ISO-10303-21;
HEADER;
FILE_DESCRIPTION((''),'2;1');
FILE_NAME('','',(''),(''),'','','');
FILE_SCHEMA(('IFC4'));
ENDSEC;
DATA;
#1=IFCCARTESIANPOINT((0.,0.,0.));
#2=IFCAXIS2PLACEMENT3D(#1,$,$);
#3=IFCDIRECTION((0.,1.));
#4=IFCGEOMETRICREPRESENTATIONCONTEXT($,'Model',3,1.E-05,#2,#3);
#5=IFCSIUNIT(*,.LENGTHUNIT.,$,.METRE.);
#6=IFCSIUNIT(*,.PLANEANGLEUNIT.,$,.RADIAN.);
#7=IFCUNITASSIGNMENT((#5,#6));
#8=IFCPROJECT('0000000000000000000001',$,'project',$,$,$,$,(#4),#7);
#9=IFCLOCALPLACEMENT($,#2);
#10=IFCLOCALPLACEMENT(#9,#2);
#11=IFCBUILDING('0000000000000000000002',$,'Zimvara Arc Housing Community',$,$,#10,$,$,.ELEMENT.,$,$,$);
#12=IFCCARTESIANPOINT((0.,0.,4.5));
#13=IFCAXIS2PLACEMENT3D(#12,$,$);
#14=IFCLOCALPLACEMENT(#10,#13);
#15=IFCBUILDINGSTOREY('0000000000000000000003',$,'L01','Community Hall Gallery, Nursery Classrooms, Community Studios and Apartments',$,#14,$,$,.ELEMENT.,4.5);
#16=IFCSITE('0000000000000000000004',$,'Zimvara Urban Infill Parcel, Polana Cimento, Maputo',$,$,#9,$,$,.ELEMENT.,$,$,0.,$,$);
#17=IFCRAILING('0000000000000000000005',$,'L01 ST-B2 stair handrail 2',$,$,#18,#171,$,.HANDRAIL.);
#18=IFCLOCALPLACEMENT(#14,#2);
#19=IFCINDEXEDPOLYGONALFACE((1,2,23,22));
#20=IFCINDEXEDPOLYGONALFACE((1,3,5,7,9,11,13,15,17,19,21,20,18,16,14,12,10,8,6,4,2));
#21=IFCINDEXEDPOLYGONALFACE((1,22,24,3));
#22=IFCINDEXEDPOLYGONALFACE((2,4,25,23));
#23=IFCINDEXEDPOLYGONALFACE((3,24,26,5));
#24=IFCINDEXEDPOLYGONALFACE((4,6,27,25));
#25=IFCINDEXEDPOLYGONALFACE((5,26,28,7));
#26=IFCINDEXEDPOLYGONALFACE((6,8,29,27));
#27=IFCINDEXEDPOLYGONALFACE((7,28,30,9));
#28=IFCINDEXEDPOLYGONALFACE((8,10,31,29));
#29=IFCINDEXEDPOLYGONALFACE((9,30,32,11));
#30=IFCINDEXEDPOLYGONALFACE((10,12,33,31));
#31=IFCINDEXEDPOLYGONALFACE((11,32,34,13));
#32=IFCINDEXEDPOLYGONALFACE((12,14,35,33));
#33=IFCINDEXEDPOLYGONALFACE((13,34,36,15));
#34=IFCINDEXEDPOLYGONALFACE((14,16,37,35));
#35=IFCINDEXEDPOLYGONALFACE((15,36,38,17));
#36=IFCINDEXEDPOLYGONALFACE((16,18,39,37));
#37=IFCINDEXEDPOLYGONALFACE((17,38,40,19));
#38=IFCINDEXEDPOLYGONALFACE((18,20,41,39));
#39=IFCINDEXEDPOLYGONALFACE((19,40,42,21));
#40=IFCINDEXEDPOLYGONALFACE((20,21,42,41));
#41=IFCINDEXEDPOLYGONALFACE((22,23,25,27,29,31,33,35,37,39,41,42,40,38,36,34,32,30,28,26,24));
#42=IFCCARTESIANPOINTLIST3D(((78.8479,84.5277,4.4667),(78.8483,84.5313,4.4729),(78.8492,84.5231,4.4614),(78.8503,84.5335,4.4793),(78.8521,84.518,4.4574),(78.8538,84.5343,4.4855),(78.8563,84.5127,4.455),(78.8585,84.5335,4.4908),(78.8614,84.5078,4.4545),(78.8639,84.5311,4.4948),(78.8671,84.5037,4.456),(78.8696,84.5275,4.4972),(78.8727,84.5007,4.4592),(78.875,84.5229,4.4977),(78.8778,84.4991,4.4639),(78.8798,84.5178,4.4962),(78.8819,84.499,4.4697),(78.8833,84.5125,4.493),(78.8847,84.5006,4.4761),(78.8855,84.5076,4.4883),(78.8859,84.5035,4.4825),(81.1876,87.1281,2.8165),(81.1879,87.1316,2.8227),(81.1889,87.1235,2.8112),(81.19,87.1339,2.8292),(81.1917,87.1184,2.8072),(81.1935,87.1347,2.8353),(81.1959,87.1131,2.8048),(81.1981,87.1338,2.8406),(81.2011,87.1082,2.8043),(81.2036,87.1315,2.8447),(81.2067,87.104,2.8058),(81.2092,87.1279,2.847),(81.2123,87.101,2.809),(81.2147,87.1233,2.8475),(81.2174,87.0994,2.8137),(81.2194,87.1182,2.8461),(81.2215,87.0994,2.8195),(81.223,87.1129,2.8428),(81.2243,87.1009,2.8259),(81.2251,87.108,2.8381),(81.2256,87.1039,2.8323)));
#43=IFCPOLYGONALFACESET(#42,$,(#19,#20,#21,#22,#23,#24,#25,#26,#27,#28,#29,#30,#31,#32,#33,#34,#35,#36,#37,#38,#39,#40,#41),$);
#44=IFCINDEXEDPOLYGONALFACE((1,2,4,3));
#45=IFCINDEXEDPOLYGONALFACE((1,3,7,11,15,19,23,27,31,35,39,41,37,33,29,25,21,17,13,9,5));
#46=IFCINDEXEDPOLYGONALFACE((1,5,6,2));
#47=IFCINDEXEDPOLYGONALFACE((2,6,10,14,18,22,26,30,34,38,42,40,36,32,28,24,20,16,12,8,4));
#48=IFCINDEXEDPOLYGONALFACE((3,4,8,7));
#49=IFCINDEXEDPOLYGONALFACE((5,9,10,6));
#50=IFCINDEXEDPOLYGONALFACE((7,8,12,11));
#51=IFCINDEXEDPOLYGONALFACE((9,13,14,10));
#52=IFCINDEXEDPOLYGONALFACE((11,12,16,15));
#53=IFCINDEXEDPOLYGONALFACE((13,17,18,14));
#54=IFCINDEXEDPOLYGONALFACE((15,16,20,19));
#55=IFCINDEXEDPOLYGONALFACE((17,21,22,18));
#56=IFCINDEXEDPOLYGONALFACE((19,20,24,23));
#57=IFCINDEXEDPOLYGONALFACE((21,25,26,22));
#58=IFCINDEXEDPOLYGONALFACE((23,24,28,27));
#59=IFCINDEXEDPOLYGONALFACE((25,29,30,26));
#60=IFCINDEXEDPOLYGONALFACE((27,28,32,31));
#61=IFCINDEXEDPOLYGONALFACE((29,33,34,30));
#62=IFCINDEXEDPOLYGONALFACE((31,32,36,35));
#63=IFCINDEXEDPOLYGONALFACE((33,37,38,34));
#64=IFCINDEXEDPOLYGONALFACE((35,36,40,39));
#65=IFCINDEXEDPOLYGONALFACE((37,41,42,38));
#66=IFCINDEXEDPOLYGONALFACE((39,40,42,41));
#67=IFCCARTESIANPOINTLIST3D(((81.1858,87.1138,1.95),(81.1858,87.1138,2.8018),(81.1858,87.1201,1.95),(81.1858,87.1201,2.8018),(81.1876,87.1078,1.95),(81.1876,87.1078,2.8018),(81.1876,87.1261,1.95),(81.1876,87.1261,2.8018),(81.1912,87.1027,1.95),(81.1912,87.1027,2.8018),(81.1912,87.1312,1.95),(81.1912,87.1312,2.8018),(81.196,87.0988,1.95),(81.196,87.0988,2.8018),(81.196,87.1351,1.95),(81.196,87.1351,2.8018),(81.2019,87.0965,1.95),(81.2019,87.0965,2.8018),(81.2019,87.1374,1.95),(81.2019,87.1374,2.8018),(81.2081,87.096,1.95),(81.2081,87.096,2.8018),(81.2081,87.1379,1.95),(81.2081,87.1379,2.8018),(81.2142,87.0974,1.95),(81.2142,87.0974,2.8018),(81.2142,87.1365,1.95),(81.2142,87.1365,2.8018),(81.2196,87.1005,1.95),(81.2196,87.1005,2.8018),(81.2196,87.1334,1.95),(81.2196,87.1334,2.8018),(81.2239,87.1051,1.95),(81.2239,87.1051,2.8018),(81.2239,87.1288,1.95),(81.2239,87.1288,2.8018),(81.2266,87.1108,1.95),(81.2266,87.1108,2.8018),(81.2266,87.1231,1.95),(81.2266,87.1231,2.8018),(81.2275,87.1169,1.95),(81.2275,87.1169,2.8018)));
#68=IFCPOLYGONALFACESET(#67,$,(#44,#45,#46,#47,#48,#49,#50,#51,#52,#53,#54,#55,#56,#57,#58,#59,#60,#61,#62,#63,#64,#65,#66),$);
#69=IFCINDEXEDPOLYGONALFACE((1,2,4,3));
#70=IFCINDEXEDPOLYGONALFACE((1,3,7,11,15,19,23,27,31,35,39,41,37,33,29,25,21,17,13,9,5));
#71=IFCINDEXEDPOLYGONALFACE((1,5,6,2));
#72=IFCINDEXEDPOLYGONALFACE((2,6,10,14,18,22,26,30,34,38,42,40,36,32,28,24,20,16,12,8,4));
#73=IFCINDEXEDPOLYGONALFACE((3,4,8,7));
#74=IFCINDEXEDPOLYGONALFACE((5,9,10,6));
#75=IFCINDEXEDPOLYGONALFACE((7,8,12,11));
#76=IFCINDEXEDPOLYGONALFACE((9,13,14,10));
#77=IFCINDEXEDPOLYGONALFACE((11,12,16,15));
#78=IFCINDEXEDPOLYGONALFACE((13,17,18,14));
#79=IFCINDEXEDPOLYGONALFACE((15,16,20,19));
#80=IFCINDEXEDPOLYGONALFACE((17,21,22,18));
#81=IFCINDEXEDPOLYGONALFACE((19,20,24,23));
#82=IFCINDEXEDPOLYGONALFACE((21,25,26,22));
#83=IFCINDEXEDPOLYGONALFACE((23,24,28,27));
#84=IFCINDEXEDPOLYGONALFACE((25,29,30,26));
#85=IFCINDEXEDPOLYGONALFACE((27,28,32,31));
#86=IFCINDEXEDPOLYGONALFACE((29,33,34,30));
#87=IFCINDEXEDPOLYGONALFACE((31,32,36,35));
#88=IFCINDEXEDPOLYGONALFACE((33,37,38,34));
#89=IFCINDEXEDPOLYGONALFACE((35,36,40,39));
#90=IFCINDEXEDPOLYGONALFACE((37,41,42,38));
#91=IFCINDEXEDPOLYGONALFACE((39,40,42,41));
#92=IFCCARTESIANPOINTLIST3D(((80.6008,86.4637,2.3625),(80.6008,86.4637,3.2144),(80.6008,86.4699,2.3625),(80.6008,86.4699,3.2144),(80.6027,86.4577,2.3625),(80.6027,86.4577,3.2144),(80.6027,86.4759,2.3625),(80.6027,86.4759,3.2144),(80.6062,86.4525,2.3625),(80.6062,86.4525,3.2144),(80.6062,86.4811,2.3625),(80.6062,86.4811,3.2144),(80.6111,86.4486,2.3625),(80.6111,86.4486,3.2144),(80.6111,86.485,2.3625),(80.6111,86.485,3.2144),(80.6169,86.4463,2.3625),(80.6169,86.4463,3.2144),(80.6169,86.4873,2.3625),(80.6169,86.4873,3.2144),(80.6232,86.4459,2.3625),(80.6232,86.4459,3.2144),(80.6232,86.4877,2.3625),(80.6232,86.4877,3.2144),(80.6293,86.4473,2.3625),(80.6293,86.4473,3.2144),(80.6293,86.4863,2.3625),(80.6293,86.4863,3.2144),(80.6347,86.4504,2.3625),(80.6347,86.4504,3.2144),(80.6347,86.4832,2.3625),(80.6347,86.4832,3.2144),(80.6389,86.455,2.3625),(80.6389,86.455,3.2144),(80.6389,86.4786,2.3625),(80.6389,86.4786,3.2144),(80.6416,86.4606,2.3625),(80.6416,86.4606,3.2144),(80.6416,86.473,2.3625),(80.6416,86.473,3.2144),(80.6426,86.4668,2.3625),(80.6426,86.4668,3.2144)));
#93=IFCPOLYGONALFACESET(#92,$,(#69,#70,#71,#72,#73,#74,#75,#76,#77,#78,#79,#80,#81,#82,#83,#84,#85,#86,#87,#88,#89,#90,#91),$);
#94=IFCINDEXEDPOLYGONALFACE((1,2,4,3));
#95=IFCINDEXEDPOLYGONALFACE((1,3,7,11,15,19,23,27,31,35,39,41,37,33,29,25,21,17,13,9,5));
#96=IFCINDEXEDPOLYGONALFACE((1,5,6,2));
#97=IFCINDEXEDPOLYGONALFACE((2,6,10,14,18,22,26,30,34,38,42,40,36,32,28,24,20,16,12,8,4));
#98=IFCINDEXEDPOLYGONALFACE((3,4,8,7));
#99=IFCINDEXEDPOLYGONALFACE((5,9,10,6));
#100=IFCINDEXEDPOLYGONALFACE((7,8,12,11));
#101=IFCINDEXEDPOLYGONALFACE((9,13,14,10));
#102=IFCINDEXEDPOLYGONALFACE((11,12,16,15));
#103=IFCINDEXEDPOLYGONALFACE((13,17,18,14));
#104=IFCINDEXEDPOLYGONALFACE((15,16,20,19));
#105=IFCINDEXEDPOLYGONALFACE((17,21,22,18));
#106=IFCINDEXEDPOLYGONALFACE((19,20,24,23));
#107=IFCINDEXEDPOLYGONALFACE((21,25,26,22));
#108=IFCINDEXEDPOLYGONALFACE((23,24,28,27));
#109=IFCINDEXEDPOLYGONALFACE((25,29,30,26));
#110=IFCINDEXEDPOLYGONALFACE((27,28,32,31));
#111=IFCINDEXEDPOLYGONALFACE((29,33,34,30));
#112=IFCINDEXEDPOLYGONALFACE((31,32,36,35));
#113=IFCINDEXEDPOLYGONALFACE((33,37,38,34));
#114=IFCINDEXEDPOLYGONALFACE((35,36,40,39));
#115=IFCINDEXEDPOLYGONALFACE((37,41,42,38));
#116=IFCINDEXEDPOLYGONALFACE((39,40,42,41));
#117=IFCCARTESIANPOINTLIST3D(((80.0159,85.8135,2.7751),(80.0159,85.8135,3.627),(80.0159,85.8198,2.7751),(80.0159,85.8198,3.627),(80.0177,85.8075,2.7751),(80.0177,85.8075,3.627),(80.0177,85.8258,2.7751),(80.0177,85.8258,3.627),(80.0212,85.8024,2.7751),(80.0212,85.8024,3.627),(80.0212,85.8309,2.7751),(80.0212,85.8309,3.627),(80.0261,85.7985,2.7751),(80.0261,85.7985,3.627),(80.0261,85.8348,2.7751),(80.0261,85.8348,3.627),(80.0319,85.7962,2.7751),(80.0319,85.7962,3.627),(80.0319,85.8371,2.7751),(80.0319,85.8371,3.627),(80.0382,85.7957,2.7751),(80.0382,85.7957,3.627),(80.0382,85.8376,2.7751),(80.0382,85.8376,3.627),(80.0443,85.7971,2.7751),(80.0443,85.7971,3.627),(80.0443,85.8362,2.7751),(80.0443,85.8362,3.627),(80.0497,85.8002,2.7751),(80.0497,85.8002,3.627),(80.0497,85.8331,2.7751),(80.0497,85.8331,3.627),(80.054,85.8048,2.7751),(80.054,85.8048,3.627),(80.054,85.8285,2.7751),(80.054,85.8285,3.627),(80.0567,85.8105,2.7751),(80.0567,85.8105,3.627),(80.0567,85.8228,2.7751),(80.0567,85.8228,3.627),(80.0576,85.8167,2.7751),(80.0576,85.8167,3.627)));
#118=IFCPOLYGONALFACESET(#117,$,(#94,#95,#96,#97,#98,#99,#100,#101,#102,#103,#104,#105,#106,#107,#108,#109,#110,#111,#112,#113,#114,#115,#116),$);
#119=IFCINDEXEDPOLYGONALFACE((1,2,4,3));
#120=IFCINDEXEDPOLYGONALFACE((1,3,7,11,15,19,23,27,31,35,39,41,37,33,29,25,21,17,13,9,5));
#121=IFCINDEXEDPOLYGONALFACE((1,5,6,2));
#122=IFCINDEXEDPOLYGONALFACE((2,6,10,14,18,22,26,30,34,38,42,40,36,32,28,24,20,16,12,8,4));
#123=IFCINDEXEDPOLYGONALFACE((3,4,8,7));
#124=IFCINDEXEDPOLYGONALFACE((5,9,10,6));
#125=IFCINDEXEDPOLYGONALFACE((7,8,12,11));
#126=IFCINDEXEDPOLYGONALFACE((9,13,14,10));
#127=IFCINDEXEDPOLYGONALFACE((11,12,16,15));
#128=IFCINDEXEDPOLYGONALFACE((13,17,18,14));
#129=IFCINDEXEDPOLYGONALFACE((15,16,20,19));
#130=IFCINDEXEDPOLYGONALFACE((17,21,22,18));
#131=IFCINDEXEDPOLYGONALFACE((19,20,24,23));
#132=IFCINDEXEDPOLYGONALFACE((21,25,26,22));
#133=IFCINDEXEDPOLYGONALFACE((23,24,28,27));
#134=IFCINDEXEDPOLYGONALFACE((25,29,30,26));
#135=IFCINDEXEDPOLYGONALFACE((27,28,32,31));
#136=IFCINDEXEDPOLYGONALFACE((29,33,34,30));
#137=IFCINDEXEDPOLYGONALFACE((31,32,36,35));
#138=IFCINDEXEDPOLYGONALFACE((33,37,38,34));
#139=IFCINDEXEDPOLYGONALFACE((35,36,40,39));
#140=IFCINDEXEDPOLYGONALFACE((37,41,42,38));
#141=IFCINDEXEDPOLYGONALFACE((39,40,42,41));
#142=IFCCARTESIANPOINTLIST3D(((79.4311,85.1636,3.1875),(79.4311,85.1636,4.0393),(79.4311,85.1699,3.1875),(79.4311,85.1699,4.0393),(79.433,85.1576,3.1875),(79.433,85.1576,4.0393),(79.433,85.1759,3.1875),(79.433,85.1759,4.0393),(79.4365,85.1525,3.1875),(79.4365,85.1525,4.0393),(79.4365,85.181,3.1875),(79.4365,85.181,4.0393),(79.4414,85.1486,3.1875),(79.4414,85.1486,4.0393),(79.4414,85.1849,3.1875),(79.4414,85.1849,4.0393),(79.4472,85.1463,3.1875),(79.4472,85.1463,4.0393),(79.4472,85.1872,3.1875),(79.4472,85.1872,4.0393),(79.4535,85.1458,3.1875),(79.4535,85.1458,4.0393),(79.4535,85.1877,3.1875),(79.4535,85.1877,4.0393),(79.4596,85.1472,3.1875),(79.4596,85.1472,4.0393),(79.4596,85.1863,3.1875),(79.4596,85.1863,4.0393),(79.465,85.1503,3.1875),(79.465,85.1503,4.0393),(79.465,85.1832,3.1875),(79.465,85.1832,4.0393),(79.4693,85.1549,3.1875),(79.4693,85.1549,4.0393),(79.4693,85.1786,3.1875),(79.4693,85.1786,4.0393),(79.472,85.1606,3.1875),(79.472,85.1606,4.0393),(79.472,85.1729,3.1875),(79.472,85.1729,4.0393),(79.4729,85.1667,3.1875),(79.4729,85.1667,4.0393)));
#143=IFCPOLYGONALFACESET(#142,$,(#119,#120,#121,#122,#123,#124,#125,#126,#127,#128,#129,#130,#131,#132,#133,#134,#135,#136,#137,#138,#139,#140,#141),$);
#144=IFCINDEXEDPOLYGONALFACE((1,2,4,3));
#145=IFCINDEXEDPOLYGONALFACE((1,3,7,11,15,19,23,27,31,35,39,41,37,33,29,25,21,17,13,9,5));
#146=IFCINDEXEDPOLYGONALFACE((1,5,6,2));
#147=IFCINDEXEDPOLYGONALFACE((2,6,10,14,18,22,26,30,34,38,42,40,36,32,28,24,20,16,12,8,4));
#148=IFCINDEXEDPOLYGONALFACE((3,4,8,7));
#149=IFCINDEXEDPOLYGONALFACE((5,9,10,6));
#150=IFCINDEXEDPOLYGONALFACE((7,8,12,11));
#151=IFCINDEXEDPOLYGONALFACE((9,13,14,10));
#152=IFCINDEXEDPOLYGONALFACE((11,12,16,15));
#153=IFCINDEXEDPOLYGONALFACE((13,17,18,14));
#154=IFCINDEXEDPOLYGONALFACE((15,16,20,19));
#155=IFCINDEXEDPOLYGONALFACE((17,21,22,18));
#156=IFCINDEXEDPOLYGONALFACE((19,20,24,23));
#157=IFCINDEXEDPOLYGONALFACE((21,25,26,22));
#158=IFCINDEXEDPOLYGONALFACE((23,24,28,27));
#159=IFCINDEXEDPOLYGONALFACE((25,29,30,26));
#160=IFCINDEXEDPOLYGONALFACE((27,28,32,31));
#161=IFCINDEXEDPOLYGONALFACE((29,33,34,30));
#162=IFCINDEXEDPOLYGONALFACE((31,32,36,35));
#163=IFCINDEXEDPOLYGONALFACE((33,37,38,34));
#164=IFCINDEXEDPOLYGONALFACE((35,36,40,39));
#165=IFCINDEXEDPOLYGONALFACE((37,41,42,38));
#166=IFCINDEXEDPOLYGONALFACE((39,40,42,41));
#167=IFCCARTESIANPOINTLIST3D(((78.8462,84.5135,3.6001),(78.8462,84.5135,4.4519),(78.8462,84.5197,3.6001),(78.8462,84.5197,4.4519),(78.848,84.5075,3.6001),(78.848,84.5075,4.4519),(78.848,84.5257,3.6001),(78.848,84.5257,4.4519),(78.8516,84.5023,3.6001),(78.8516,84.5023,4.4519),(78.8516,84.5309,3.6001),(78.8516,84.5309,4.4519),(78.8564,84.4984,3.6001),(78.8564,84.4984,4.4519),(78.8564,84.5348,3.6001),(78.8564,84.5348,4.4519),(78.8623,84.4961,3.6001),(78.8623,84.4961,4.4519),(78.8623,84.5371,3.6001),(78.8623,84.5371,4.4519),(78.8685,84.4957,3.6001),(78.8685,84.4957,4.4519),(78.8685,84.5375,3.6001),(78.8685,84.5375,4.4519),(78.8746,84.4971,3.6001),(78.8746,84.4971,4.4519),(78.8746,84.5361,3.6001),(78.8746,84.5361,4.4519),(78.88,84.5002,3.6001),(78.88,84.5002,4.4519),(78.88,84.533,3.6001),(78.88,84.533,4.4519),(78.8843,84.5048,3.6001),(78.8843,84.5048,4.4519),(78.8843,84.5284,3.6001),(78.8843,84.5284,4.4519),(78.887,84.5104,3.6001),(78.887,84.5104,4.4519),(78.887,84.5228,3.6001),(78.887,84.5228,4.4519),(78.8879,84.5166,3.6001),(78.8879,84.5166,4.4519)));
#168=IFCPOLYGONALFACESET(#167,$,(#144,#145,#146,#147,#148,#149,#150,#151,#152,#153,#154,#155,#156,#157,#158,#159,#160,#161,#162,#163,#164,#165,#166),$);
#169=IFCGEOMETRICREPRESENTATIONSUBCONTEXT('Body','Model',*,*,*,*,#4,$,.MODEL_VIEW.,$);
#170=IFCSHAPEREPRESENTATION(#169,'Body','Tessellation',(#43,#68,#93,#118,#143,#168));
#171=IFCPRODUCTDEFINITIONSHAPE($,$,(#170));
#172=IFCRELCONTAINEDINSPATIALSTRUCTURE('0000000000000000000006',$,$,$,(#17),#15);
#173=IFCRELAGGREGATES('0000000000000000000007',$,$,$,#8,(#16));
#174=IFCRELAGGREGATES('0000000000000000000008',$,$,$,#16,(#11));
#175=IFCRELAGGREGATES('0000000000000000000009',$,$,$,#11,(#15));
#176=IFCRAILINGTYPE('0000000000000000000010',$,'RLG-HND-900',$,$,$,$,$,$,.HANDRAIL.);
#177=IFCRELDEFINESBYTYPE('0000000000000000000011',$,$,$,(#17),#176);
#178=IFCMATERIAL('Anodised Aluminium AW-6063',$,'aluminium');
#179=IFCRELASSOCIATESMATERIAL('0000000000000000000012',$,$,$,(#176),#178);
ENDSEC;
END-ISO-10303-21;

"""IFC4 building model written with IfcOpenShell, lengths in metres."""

from ifc_helpers import new_model, si_unit, direction, frame, origin, origin_2d, place, context, subcontext, project, spatial, circle, extrude, material, type_object, element, save


model = new_model("IFC4")

# Units and contexts
model_context = context("Model", 3, precision=1e-05, world=origin(), true_north=direction((0.0, 1.0)))
body_context = subcontext(model_context, "Body", "Model", "MODEL_VIEW")
ifc_project = project(units=[si_unit("LENGTHUNIT", "METRE"), si_unit("PLANEANGLEUNIT", "RADIAN")], contexts=[model_context])

# Site, building, storey
site_placement = place(None, origin())
site = spatial("IfcSite", under=ifc_project, at=site_placement, Name="Zimvara Urban Infill Parcel, Polana Cimento, Maputo", CompositionType="ELEMENT", RefElevation=0.0)
building_placement = place(site_placement, origin())
building = spatial("IfcBuilding", under=site, at=building_placement, Name="Zimvara Arc Housing Community", CompositionType="ELEMENT")
storey_placement = place(building_placement, frame((0.0, 0.0, 4.5)))
storey = spatial("IfcBuildingStorey", under=building, at=storey_placement, Name="L01", Description="Community Hall Gallery, Nursery Classrooms, Community Studios and Apartments", CompositionType="ELEMENT", Elevation=4.5)

# Railing
ifc_material_1 = material(Name="Anodised Aluminium AW-6063", Category="aluminium")
railing_type = type_object("IfcRailingType", Name="RLG-HND-900", PredefinedType="HANDRAIL", material=ifc_material_1)
railing_placement = place(storey_placement, frame((81.2065, 87.1169, 1.95)))
element("IfcRailing", 1, at=railing_placement, inside=storey, type_object=railing_type, Name="L01 ST-B2 stair handrail 2", PredefinedType="HANDRAIL", context=body_context, shape_type="SweptSolid", body=[
    extrude(circle(Radius=0.0239, at=origin_2d()), frame((0.0, 0.0, 0.876), z_axis=(-0.60492, -0.672336, 0.426657), x_axis=(0.743395, -0.668853, 0.0)), (0.0, 0.0, 1.0), 3.8677),
    extrude(circle(Radius=0.021, at=origin_2d()), origin(), (0.0, 0.0, 1.0), 0.8518),
    extrude(circle(Radius=0.021, at=origin_2d()), frame((-0.585, -0.6501, 0.4126)), (0.0, 0.0, 1.0), 0.8518),
    extrude(circle(Radius=0.021, at=origin_2d()), frame((-1.1699, -1.3003, 0.8252)), (0.0, 0.0, 1.0), 0.8518),
    extrude(circle(Radius=0.021, at=origin_2d()), frame((-1.7546, -1.9502, 1.2375)), (0.0, 0.0, 1.0), 0.8518),
    extrude(circle(Radius=0.021, at=origin_2d()), frame((-2.3396, -2.6003, 1.6501)), (0.0, 0.0, 1.0), 0.8518),
])

save(model, "model.ifc")
